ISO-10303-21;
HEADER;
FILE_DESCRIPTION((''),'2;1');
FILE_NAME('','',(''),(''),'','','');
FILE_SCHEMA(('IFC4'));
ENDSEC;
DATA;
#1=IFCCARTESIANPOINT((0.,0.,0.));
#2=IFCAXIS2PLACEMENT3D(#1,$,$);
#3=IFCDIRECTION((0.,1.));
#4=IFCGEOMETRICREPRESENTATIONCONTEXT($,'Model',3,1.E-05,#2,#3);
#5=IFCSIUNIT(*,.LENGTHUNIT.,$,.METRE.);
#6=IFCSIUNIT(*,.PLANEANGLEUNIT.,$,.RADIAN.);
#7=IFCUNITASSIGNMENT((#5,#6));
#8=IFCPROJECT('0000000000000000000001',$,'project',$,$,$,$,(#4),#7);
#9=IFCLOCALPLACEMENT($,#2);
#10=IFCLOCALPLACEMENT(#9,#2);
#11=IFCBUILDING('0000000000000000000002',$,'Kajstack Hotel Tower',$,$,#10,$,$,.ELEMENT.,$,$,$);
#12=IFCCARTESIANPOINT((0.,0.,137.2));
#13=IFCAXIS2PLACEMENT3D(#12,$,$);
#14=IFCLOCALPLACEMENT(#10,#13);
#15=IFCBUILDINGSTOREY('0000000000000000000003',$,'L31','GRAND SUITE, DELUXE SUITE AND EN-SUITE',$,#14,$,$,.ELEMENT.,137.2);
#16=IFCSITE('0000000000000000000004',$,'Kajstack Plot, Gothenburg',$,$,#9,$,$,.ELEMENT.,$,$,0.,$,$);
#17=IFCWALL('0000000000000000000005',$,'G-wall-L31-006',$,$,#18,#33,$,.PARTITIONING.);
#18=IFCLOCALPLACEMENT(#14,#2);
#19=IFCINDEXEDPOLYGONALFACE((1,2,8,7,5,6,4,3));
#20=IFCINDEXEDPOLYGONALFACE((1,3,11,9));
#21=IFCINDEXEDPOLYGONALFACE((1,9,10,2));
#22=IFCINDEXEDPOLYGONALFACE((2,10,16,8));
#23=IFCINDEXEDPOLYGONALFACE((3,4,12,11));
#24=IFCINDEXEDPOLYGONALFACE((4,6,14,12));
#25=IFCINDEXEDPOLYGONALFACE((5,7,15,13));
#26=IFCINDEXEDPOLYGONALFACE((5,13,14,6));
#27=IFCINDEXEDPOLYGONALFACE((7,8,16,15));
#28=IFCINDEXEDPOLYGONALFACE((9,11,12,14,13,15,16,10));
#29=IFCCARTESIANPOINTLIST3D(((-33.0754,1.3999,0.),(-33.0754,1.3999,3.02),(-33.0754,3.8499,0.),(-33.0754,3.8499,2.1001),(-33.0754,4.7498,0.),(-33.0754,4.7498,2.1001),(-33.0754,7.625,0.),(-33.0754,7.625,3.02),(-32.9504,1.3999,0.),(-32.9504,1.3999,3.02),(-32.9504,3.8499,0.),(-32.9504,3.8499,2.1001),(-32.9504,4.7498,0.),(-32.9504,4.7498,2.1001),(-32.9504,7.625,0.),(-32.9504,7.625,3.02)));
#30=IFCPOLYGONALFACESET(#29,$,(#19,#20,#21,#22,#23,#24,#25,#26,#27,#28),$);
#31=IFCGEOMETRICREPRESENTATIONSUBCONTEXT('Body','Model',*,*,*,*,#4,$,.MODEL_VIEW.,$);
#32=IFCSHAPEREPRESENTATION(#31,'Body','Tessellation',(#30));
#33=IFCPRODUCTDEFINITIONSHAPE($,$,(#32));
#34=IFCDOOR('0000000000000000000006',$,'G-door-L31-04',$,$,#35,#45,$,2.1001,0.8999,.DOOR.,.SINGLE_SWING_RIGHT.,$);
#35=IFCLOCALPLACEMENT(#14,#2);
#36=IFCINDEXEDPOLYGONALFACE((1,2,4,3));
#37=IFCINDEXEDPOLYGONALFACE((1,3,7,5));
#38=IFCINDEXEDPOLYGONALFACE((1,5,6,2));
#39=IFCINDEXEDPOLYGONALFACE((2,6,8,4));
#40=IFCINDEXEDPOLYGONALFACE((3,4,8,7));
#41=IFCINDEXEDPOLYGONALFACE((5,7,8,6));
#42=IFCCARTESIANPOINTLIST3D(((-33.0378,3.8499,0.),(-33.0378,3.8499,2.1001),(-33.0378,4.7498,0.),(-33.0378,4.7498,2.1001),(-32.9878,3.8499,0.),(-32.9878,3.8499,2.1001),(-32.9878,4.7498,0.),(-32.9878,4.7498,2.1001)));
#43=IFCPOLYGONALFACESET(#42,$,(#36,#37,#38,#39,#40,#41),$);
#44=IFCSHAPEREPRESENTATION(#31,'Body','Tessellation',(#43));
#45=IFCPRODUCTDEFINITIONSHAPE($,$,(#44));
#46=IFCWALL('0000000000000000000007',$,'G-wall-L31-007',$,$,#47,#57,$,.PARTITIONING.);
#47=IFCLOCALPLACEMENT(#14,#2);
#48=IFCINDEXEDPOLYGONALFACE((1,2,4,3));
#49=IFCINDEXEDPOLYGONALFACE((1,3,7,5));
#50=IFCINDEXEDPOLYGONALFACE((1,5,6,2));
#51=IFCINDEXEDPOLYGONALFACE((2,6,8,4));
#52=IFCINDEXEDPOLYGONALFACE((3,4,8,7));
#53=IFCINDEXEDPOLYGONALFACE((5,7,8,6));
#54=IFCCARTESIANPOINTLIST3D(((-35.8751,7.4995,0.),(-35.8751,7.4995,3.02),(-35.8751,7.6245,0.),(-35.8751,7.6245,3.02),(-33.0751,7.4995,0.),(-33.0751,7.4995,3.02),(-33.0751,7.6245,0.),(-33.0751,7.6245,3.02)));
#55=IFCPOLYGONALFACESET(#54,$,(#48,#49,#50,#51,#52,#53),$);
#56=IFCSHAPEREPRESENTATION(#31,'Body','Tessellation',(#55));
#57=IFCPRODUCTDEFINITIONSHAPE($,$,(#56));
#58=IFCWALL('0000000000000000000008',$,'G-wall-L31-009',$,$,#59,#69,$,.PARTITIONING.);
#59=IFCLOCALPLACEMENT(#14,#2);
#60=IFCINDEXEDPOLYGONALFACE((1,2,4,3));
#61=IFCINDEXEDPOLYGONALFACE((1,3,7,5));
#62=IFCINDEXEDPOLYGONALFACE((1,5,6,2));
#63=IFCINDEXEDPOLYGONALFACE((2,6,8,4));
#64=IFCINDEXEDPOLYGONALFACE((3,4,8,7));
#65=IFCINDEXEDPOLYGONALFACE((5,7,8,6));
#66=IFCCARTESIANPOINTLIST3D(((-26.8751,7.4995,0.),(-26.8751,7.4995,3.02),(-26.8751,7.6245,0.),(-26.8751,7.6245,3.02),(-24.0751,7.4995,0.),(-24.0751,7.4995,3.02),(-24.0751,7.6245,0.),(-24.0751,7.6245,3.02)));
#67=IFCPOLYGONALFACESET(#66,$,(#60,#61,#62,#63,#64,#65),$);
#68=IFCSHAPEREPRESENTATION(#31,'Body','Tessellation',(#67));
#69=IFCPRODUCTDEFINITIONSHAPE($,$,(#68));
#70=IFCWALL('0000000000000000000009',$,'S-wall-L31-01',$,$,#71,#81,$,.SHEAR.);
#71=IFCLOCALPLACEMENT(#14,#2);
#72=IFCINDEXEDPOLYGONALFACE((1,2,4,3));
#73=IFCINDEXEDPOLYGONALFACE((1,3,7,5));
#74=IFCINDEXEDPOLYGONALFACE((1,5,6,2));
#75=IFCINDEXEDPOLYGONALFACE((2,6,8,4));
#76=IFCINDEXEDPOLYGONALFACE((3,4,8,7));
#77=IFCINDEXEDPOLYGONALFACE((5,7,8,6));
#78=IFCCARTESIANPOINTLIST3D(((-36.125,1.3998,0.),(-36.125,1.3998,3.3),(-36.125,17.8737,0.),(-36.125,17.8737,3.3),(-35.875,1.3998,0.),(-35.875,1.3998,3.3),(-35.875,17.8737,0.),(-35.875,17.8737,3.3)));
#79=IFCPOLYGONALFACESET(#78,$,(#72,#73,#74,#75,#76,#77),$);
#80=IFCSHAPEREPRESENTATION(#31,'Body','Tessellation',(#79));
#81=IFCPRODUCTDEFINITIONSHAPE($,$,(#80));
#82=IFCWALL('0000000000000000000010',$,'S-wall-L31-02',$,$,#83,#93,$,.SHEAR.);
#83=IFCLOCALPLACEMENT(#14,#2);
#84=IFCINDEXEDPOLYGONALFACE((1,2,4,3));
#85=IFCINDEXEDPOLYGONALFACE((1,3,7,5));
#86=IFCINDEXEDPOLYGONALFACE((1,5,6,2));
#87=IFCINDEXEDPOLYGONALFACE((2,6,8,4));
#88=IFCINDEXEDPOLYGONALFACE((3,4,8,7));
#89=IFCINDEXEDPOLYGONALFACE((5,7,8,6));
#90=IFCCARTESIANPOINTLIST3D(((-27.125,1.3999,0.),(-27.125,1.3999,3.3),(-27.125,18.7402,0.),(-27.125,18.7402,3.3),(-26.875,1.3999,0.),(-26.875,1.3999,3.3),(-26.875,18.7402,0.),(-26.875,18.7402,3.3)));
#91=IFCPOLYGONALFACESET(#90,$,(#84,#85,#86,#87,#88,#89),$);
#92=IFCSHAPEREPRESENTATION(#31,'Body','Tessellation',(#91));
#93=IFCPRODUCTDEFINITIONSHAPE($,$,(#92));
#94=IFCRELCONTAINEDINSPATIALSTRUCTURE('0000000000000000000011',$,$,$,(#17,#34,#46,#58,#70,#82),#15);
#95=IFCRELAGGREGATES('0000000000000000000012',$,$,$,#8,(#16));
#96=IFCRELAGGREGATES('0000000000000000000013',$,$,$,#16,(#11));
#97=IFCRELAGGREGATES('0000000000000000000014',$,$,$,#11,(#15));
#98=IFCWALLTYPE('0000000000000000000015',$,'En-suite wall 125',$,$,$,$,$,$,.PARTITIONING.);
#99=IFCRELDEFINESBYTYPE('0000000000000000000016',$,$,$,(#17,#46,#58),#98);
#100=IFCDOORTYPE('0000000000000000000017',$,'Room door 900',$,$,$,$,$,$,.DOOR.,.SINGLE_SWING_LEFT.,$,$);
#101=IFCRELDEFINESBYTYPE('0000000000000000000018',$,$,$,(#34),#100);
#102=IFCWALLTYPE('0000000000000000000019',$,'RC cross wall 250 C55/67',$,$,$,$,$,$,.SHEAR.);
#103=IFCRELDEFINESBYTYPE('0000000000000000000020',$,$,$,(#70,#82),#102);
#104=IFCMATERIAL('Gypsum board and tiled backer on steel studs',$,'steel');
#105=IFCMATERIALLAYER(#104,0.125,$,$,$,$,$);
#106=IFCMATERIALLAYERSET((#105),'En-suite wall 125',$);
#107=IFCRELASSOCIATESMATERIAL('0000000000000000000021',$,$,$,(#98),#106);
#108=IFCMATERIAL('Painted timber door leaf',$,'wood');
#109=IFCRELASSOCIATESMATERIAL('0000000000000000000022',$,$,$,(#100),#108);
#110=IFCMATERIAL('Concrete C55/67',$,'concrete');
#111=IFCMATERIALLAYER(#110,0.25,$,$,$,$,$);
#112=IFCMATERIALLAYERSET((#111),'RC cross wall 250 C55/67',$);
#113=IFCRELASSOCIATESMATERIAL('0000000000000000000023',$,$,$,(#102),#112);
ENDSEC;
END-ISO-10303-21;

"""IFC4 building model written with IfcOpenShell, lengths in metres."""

from ifc_helpers import new_model, si_unit, direction, frame, frame_2d, origin, place, context, subcontext, project, spatial, rectangle, extrude, material, layer, layer_set, type_object, element, fill, save


model = new_model("IFC4")

# Units and contexts
model_context = context("Model", 3, precision=1e-05, world=origin(), true_north=direction((0.0, 1.0)))
body_context = subcontext(model_context, "Body", "Model", "MODEL_VIEW")
ifc_project = project(units=[si_unit("LENGTHUNIT", "METRE"), si_unit("PLANEANGLEUNIT", "RADIAN")], contexts=[model_context])

# Site, building, storey
site_placement = place(None, origin())
site = spatial("IfcSite", under=ifc_project, at=site_placement, Name="Kajstack Plot, Gothenburg", CompositionType="ELEMENT", RefElevation=0.0)
building_placement = place(site_placement, origin())
building = spatial("IfcBuilding", under=site, at=building_placement, Name="Kajstack Hotel Tower", CompositionType="ELEMENT")
storey_placement = place(building_placement, frame((0.0, 0.0, 137.2)))
storey = spatial("IfcBuildingStorey", under=building, at=storey_placement, Name="L31", Description="GRAND SUITE, DELUXE SUITE AND EN-SUITE", CompositionType="ELEMENT", Elevation=137.2)

# Shared definitions
ifc_material_1 = material(Name="Gypsum board and tiled backer on steel studs", Category="steel")
ifc_layer_1 = layer(ifc_material_1, 0.125)
ifc_layer_set_1 = layer_set([ifc_layer_1], Name="En-suite wall 125")
wall_type_1 = type_object("IfcWallType", Name="En-suite wall 125", PredefinedType="PARTITIONING", material=ifc_layer_set_1)

# Wall, opening, door
wall_1_placement = place(storey_placement, frame((-33.0129, 1.3999, 0.0), z_axis=(0.0, 0.0, 1.0), x_axis=(0.0, 1.0, 0.0)))
wall_1 = element("IfcWall", 1, at=wall_1_placement, inside=storey, type_object=wall_type_1, Name="G-wall-L31-006", PredefinedType="PARTITIONING", context=body_context, shape_type="SweptSolid", body=[
    extrude(rectangle(XDim=6.2251, YDim=0.125, at=frame_2d((3.1125, 0.0))), origin(), (0.0, 0.0, 1.0), 3.02),
])
opening_1_placement = place(wall_1_placement, frame((2.45, 0.0, 0.0)))
opening_1 = element("IfcOpeningElement", 2, at=opening_1_placement, cuts=wall_1, PredefinedType="OPENING", context=body_context, shape_type="SweptSolid", body=[
    extrude(rectangle(XDim=0.8999, YDim=2.1001, at=frame_2d((0.45, 1.05))), frame((0.0, 0.0725, 0.0), z_axis=(0.0, -1.0, 0.0), x_axis=(1.0, 0.0, 0.0)), (0.0, 0.0, 1.0), 0.145),
])
ifc_material_2 = material(Name="Painted timber door leaf", Category="wood")
door_type = type_object("IfcDoorType", Name="Room door 900", OperationType="SINGLE_SWING_LEFT", PredefinedType="DOOR", material=ifc_material_2)
door_placement = place(opening_1_placement, origin())
door = element("IfcDoor", 3, at=door_placement, inside=storey, type_object=door_type, Name="G-door-L31-04", OperationType="SINGLE_SWING_RIGHT", OverallHeight=2.1001, OverallWidth=0.8999, PredefinedType="DOOR", context=body_context, shape_type="SweptSolid", body=[
    extrude(rectangle(XDim=0.8999, YDim=2.1001, at=frame_2d((0.45, 1.05))), frame((0.0, 0.0249, 0.0), z_axis=(0.0, -1.0, 0.0), x_axis=(1.0, 0.0, 0.0)), (0.0, 0.0, 1.0), 0.05),
])
fill(opening_1, door)

# Walls
for number, where, z_axis, x_axis, name in (
    (4, (-35.875, 7.562, 0.0), (0.0, 0.0, 1.0), (1.0, 0.0, 0.0), "G-wall-L31-007"),
    (5, (-26.875, 7.562, 0.0), (0.0, 0.0, 1.0), (1.0, 0.0, 0.0), "G-wall-L31-009"),
):
    element("IfcWall", number, at=place(storey_placement, frame(where, z_axis=z_axis, x_axis=x_axis)), inside=storey, type_object=wall_type_1, Name=name, PredefinedType="PARTITIONING", context=body_context, shape_type="SweptSolid", body=[
        extrude(rectangle(XDim=2.8, YDim=0.125, at=frame_2d((1.3999, 0.0))), origin(), (0.0, 0.0, 1.0), 3.02),
    ])
ifc_material_3 = material(Name="Concrete C55/67", Category="concrete")
ifc_layer_2 = layer(ifc_material_3, 0.25)
ifc_layer_set_2 = layer_set([ifc_layer_2], Name="RC cross wall 250 C55/67")
wall_type_2 = type_object("IfcWallType", Name="RC cross wall 250 C55/67", PredefinedType="SHEAR", material=ifc_layer_set_2)
wall_2_placement = place(storey_placement, frame((-36.0, 1.3999, 0.0), z_axis=(0.0, 0.0, 1.0), x_axis=(0.0, 1.0, 0.0)))
element("IfcWall", 6, at=wall_2_placement, inside=storey, type_object=wall_type_2, Name="S-wall-L31-01", PredefinedType="SHEAR", context=body_context, shape_type="SweptSolid", body=[
    extrude(rectangle(XDim=16.4739, YDim=0.25, at=frame_2d((8.2368, 0.0))), origin(), (0.0, 0.0, 1.0), 3.3),
])
wall_3_placement = place(storey_placement, frame((-27.0, 1.3999, 0.0), z_axis=(0.0, 0.0, 1.0), x_axis=(0.0, 1.0, 0.0)))
element("IfcWall", 7, at=wall_3_placement, inside=storey, type_object=wall_type_2, Name="S-wall-L31-02", PredefinedType="SHEAR", context=body_context, shape_type="SweptSolid", body=[
    extrude(rectangle(XDim=17.3403, YDim=0.25, at=frame_2d((8.6702, 0.0))), origin(), (0.0, 0.0, 1.0), 3.3),
])

save(model, "model.ifc")
